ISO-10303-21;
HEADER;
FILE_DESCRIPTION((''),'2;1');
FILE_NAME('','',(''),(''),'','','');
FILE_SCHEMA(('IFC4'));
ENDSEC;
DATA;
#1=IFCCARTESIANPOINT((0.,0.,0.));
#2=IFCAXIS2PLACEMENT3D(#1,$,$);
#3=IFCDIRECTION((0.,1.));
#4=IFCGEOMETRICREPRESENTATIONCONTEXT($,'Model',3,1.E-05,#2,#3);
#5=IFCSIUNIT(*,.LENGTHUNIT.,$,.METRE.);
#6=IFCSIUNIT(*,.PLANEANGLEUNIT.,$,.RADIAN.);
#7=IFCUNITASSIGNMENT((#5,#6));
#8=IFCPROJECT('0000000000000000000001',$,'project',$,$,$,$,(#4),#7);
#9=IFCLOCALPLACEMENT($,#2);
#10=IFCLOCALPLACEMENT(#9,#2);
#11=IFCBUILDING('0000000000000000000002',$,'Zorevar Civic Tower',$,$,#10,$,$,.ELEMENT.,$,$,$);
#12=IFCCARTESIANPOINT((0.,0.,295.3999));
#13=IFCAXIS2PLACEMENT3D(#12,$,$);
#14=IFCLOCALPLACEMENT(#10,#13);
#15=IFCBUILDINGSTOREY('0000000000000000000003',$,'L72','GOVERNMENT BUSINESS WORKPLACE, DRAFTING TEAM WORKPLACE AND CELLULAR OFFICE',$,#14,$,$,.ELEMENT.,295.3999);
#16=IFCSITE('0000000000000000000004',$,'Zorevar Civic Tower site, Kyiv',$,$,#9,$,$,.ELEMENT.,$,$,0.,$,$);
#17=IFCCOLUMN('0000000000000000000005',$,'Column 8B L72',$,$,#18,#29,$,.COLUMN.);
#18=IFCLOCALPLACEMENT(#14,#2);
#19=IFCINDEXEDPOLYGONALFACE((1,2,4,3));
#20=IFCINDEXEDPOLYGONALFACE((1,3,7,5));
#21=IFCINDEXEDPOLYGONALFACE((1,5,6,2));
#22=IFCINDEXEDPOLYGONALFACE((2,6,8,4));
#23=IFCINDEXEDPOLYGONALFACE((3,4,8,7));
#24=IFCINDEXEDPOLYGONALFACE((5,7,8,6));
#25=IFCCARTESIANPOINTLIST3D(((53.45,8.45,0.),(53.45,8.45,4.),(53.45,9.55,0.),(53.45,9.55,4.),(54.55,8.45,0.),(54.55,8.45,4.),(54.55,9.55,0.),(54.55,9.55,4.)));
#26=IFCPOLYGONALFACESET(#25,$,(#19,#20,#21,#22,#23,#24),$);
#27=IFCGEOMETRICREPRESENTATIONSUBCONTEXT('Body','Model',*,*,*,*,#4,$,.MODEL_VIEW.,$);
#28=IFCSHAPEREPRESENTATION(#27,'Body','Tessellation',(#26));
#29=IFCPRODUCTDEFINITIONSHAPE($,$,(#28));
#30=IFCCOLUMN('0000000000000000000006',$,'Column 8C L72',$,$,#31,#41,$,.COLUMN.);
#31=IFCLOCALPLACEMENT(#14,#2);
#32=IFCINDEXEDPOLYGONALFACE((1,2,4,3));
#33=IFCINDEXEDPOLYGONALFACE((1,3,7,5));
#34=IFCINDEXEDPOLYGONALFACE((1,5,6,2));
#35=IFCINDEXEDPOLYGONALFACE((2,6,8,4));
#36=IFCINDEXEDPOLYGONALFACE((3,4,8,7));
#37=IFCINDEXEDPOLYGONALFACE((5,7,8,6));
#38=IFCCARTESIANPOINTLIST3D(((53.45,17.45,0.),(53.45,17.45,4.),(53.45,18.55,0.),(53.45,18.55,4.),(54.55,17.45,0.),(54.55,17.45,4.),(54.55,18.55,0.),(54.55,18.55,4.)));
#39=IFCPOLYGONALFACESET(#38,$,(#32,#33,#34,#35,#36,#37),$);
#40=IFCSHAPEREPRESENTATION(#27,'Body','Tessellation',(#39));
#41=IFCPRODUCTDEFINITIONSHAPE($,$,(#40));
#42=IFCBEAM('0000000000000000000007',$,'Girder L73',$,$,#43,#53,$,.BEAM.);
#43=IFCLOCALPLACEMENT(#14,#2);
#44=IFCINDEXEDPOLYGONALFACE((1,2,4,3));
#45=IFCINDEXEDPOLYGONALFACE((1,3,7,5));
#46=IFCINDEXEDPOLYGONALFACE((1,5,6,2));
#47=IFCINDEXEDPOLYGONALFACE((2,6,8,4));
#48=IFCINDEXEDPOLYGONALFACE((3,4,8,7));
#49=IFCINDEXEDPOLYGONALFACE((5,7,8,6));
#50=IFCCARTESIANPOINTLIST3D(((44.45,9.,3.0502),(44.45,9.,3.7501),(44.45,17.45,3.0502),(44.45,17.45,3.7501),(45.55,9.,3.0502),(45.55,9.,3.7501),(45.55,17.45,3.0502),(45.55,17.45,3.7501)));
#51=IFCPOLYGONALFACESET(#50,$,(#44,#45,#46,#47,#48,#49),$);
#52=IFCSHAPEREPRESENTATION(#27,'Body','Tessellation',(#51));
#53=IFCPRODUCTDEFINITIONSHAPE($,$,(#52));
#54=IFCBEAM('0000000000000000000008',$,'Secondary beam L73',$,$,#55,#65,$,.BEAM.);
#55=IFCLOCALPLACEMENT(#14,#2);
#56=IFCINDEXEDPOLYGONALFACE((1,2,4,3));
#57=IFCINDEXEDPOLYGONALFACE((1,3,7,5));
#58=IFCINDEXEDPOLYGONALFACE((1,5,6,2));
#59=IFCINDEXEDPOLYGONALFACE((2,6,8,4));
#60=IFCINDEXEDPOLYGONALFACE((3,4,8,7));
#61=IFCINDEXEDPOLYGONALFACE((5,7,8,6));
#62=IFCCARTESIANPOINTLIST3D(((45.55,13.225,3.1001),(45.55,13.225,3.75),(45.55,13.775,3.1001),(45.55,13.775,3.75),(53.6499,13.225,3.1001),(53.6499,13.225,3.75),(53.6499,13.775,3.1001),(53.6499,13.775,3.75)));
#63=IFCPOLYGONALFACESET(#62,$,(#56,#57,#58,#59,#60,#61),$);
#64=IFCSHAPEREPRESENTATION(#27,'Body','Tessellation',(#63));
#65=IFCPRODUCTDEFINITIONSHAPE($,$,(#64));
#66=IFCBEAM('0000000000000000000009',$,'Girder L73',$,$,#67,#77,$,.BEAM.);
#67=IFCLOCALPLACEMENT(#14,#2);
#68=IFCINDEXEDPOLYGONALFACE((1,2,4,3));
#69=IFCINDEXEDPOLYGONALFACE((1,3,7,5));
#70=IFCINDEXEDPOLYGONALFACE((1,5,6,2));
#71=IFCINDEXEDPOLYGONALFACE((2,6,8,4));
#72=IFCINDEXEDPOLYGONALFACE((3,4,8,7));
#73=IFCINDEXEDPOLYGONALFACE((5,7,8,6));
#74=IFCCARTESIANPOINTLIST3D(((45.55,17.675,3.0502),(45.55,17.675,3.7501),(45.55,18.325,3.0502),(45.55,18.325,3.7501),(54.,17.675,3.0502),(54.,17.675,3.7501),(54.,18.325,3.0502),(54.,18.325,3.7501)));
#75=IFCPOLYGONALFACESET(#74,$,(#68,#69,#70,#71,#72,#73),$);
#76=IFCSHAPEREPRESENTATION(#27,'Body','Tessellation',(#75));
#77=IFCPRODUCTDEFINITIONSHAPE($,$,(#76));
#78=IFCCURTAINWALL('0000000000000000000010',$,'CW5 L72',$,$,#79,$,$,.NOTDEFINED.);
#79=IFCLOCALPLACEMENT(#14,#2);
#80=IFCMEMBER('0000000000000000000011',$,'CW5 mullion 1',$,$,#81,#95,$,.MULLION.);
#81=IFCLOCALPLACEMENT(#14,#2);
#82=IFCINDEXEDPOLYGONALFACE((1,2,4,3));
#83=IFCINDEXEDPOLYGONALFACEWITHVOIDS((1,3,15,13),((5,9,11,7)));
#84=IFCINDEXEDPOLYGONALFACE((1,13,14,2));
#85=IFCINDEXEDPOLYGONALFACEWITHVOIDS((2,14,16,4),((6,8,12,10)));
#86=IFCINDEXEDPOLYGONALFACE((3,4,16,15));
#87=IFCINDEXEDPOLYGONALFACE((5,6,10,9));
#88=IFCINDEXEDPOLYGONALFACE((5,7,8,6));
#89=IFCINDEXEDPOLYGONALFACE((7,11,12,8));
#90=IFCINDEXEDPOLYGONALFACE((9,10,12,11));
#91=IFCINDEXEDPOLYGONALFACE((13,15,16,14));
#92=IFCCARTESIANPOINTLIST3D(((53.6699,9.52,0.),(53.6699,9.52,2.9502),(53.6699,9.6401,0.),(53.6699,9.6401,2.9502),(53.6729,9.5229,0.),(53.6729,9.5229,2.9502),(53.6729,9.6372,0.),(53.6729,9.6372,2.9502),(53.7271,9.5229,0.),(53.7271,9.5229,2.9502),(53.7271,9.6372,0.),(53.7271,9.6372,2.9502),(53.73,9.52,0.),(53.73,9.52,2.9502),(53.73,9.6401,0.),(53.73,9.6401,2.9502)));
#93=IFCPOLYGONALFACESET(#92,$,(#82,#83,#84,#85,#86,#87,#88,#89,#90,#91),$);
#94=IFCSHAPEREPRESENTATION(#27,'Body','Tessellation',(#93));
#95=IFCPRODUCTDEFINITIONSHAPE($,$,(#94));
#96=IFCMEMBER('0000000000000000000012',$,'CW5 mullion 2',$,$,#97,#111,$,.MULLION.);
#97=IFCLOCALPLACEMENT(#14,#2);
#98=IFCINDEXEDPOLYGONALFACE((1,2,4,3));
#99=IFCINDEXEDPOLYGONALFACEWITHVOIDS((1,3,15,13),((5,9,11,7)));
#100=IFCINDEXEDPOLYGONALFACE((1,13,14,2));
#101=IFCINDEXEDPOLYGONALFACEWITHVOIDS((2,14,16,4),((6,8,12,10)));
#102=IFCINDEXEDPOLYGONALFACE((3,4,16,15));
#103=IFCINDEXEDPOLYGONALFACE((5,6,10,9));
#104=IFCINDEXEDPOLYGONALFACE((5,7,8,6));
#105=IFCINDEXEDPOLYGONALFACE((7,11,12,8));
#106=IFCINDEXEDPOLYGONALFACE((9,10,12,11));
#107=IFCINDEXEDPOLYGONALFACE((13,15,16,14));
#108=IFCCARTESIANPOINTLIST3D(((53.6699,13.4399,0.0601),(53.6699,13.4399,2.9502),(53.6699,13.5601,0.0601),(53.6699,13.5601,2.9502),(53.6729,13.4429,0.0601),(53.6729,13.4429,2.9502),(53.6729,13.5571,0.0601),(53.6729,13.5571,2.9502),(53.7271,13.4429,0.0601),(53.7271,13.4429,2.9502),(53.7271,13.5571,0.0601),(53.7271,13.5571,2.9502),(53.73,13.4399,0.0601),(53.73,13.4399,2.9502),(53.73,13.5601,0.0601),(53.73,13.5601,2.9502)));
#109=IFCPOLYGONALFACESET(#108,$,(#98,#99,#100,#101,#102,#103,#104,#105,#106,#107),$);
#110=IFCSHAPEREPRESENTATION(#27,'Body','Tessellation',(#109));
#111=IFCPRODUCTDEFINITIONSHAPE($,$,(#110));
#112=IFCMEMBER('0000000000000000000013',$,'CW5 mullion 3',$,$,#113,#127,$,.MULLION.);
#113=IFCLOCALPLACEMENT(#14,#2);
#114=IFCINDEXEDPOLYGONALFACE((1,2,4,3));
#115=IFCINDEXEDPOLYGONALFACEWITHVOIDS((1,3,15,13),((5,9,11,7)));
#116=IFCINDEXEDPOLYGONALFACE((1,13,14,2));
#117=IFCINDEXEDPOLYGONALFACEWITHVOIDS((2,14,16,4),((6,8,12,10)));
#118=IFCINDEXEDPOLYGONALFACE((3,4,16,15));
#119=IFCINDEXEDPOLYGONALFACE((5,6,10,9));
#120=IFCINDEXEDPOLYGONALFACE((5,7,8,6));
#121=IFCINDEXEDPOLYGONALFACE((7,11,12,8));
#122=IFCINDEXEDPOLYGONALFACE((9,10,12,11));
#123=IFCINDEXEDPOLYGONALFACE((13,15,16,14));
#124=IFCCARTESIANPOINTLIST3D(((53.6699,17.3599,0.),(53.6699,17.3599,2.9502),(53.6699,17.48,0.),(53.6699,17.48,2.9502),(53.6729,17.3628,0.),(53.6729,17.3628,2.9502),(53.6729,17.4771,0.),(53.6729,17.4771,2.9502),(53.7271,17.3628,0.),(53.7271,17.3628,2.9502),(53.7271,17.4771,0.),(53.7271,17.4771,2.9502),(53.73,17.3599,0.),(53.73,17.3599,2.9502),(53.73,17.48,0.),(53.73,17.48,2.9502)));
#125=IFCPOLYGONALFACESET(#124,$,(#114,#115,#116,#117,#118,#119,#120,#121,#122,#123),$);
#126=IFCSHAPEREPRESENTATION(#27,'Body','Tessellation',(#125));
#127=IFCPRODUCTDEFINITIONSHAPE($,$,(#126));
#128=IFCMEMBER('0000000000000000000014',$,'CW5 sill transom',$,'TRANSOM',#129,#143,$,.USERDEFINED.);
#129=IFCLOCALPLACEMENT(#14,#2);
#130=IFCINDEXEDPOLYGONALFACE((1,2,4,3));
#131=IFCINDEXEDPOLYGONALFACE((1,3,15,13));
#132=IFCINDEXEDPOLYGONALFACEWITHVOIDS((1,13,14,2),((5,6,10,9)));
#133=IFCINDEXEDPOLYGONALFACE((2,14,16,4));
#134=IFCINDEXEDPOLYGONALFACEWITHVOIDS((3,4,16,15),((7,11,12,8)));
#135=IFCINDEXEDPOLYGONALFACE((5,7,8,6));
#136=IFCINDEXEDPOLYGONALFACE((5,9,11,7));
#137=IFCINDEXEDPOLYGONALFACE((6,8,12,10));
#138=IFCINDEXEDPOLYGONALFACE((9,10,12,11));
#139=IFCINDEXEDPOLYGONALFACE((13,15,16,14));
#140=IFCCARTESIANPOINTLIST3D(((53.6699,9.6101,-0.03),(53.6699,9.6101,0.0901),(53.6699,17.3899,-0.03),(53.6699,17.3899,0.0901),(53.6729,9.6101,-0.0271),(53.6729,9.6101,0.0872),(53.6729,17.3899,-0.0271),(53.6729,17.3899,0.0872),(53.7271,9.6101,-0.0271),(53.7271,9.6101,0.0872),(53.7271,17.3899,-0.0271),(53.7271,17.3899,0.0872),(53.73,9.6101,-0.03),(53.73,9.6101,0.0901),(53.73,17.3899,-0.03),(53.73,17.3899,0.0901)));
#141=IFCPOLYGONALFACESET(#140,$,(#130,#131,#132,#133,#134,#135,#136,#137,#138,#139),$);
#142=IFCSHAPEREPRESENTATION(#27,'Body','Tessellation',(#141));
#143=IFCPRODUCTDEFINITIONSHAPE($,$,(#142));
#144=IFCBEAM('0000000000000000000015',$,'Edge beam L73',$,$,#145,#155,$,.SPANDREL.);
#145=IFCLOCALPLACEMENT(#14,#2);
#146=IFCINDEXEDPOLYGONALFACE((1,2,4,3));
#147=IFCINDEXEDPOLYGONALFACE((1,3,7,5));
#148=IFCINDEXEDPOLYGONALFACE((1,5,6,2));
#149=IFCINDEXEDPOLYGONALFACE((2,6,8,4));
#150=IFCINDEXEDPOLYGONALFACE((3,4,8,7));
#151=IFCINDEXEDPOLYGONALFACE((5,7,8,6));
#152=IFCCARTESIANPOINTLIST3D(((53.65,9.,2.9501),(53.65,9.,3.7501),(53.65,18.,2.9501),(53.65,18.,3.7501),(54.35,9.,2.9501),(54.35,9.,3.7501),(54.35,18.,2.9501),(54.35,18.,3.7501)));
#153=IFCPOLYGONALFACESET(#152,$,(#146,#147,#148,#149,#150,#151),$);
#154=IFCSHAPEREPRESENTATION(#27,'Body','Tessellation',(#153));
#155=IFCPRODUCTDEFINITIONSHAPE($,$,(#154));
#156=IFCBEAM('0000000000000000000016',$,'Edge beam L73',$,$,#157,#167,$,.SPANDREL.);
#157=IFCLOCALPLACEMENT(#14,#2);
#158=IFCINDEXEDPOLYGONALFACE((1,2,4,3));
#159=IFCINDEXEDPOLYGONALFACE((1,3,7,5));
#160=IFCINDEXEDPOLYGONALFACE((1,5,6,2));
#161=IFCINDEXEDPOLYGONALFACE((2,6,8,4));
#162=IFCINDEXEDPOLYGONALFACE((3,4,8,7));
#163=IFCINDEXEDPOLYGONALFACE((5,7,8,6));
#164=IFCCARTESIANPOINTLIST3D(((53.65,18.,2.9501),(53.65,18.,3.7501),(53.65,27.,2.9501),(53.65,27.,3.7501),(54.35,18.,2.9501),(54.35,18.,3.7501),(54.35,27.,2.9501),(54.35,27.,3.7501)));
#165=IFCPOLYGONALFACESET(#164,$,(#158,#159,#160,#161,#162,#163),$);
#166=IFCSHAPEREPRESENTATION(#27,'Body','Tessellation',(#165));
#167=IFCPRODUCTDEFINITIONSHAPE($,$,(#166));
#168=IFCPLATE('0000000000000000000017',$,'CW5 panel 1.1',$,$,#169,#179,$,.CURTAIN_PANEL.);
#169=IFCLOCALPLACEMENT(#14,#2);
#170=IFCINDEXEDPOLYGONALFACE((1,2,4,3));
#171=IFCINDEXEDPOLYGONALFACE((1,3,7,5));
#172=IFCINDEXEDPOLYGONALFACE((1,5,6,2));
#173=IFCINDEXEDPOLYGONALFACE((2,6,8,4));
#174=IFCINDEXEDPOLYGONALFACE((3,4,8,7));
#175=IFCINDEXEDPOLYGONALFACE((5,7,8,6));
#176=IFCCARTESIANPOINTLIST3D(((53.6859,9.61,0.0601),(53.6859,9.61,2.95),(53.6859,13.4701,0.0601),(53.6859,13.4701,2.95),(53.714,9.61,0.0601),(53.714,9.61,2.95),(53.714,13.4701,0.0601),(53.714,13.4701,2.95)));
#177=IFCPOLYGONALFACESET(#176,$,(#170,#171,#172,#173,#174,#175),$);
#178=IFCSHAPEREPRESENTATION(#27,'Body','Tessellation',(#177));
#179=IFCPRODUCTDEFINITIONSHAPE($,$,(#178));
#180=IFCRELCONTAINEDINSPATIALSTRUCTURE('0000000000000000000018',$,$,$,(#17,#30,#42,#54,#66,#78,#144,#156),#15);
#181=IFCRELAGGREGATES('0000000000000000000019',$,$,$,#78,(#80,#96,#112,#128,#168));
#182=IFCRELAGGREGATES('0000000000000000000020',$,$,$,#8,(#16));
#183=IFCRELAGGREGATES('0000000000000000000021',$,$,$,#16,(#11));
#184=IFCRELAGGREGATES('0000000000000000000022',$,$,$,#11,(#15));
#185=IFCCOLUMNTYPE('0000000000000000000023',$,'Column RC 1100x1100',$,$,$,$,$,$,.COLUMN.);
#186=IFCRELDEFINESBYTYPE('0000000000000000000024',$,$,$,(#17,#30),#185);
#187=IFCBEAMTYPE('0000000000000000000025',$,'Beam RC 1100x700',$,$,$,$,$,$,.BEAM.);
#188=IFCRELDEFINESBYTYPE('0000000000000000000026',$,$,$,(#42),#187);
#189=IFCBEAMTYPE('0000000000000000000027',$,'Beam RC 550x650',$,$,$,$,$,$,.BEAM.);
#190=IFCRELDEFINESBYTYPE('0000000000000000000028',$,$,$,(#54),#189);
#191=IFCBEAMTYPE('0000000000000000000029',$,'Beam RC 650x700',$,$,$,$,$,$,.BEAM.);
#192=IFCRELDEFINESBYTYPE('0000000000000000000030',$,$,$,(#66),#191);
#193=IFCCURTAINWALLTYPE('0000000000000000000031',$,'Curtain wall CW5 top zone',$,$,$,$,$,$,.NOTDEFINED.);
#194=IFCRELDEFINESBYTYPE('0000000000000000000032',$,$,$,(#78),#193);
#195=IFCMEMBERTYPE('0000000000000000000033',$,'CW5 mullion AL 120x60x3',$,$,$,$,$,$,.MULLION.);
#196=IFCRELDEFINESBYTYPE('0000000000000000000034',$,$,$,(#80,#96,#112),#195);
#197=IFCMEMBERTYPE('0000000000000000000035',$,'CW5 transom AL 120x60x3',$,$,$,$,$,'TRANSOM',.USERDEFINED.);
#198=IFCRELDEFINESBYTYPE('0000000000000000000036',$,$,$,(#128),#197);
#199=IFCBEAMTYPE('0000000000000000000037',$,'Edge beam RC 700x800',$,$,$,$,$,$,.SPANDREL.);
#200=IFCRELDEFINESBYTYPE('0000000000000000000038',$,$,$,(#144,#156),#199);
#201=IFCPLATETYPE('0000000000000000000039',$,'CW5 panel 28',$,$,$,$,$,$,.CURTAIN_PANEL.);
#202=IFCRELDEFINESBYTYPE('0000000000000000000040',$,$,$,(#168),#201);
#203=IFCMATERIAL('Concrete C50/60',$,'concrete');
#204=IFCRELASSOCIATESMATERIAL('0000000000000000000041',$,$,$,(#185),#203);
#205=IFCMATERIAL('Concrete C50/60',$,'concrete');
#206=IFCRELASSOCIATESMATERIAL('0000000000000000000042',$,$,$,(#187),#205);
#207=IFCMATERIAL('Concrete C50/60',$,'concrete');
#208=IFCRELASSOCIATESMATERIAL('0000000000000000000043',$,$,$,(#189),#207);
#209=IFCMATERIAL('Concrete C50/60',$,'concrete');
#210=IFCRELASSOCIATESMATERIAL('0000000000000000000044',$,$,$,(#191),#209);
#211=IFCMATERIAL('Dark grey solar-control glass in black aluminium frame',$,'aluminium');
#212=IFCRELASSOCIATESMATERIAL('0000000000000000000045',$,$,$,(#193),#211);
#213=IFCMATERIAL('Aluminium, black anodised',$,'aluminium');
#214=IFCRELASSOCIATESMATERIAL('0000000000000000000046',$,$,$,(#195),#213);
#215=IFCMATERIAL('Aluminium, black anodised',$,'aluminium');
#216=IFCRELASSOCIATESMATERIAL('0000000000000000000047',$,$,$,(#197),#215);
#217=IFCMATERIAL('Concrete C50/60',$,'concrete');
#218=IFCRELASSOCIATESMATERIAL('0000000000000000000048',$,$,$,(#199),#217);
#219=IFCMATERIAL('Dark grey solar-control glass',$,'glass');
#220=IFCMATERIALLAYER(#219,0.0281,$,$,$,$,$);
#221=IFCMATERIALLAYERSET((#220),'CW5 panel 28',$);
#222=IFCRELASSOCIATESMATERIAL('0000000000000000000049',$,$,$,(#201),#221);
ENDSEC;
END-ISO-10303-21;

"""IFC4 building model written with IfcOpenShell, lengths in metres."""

from ifc_helpers import new_model, si_unit, direction, frame, origin, origin_2d, place, context, subcontext, project, spatial, rectangle, hollow_rectangle, extrude, material, layer, layer_set, material_profile, profile_set, type_object, element, aggregate, save


model = new_model("IFC4")

# Units and contexts
model_context = context("Model", 3, precision=1e-05, world=origin(), true_north=direction((0.0, 1.0)))
body_context = subcontext(model_context, "Body", "Model", "MODEL_VIEW")
ifc_project = project(units=[si_unit("LENGTHUNIT", "METRE"), si_unit("PLANEANGLEUNIT", "RADIAN")], contexts=[model_context])

# Site, building, storey
site_placement = place(None, origin())
site = spatial("IfcSite", under=ifc_project, at=site_placement, Name="Zorevar Civic Tower site, Kyiv", CompositionType="ELEMENT", RefElevation=0.0)
building_placement = place(site_placement, origin())
building = spatial("IfcBuilding", under=site, at=building_placement, Name="Zorevar Civic Tower", CompositionType="ELEMENT")
storey_placement = place(building_placement, frame((0.0, 0.0, 295.3999)))
storey = spatial("IfcBuildingStorey", under=building, at=storey_placement, Name="L72", Description="GOVERNMENT BUSINESS WORKPLACE, DRAFTING TEAM WORKPLACE AND CELLULAR OFFICE", CompositionType="ELEMENT", Elevation=295.3999)

# Columns
ifc_material_1 = material(Name="Concrete C50/60", Category="concrete")
ifc_material_profile_1 = material_profile(ifc_material_1, rectangle(XDim=1.1001, YDim=1.1001, at=origin_2d()), Name="RC 1100x1100")
ifc_profile_set_1 = profile_set([ifc_material_profile_1], Name="Concrete C50/60")
column_type = type_object("IfcColumnType", Name="Column RC 1100x1100", PredefinedType="COLUMN", material=ifc_profile_set_1)
for number, where, z_axis, x_axis, name in (
    (1, (54.0, 9.0, 0.0), (0.0, 0.0, 1.0), (1.0, 0.0, 0.0), "Column 8B L72"),
    (2, (54.0, 18.0, 0.0), (0.0, 0.0, 1.0), (1.0, 0.0, 0.0), "Column 8C L72"),
):
    element("IfcColumn", number, at=place(storey_placement, frame(where, z_axis=z_axis, x_axis=x_axis)), inside=storey, type_object=column_type, Name=name, PredefinedType="COLUMN", context=body_context, shape_type="SweptSolid", body=[
        extrude(rectangle(XDim=1.1001, YDim=1.1001, at=origin_2d()), origin(), (0.0, 0.0, 1.0), 4.0),
    ])

# Beams
ifc_material_2 = material(Name="Concrete C50/60", Category="concrete")
ifc_material_profile_2 = material_profile(ifc_material_2, rectangle(XDim=1.1001, YDim=0.7, at=origin_2d()), Name="RC 1100x700")
ifc_profile_set_2 = profile_set([ifc_material_profile_2], Name="Concrete C50/60")
beam_type_1 = type_object("IfcBeamType", Name="Beam RC 1100x700", PredefinedType="BEAM", material=ifc_profile_set_2)
beam_1_placement = place(storey_placement, frame((45.0, 9.0, 3.4001), z_axis=(0.0, 1.0, 0.0), x_axis=(-1.0, 0.0, 0.0)))
element("IfcBeam", 3, at=beam_1_placement, inside=storey, type_object=beam_type_1, Name="Girder L73", PredefinedType="BEAM", context=body_context, shape_type="SweptSolid", body=[
    extrude(rectangle(XDim=1.1001, YDim=0.7, at=origin_2d()), origin(), (0.0, 0.0, 1.0), 8.45),
])
ifc_material_3 = material(Name="Concrete C50/60", Category="concrete")
ifc_material_profile_3 = material_profile(ifc_material_3, rectangle(XDim=0.55, YDim=0.6499, at=origin_2d()), Name="RC 550x650")
ifc_profile_set_3 = profile_set([ifc_material_profile_3], Name="Concrete C50/60")
beam_type_2 = type_object("IfcBeamType", Name="Beam RC 550x650", PredefinedType="BEAM", material=ifc_profile_set_3)
beam_2_placement = place(storey_placement, frame((45.55, 13.5, 3.425), z_axis=(1.0, 0.0, 0.0), x_axis=(0.0, 1.0, 0.0)))
element("IfcBeam", 4, at=beam_2_placement, inside=storey, type_object=beam_type_2, Name="Secondary beam L73", PredefinedType="BEAM", context=body_context, shape_type="SweptSolid", body=[
    extrude(rectangle(XDim=0.55, YDim=0.6499, at=origin_2d()), origin(), (0.0, 0.0, 1.0), 8.0999),
])
ifc_material_4 = material(Name="Concrete C50/60", Category="concrete")
ifc_material_profile_4 = material_profile(ifc_material_4, rectangle(XDim=0.6499, YDim=0.7, at=origin_2d()), Name="RC 650x700")
ifc_profile_set_4 = profile_set([ifc_material_profile_4], Name="Concrete C50/60")
beam_type_3 = type_object("IfcBeamType", Name="Beam RC 650x700", PredefinedType="BEAM", material=ifc_profile_set_4)
beam_3_placement = place(storey_placement, frame((45.55, 18.0, 3.4001), z_axis=(1.0, 0.0, 0.0), x_axis=(0.0, 1.0, 0.0)))
element("IfcBeam", 5, at=beam_3_placement, inside=storey, type_object=beam_type_3, Name="Girder L73", PredefinedType="BEAM", context=body_context, shape_type="SweptSolid", body=[
    extrude(rectangle(XDim=0.6499, YDim=0.7, at=origin_2d()), origin(), (0.0, 0.0, 1.0), 8.45),
])

# Curtain wall, members
ifc_material_5 = material(Name="Dark grey solar-control glass in black aluminium frame", Category="aluminium")
curtain_wall_type = type_object("IfcCurtainWallType", Name="Curtain wall CW5 top zone", PredefinedType="NOTDEFINED", material=ifc_material_5)
curtain_wall_placement = place(storey_placement, origin())
curtain_wall = element("IfcCurtainWall", 6, at=curtain_wall_placement, inside=storey, type_object=curtain_wall_type, Name="CW5 L72", PredefinedType="NOTDEFINED")
ifc_material_6 = material(Name="Aluminium, black anodised", Category="aluminium")
ifc_material_profile_5 = material_profile(ifc_material_6, hollow_rectangle(XDim=0.0601, YDim=0.1201, WallThickness=0.0029, at=origin_2d()), Name="AL 120x60x3")
ifc_profile_set_5 = profile_set([ifc_material_profile_5], Name="Aluminium, black anodised")
member_type_1 = type_object("IfcMemberType", Name="CW5 mullion AL 120x60x3", PredefinedType="MULLION", material=ifc_profile_set_5)
member_1_placement = place(storey_placement, frame((53.7, 9.5801, 0.0), z_axis=(0.0, 0.0, 1.0), x_axis=(-1.0, 0.0, 0.0)))
member_1 = element("IfcMember", 7, at=member_1_placement, type_object=member_type_1, Name="CW5 mullion 1", PredefinedType="MULLION", context=body_context, shape_type="SweptSolid", body=[
    extrude(hollow_rectangle(XDim=0.0601, YDim=0.1201, WallThickness=0.0029, at=origin_2d()), origin(), (0.0, 0.0, 1.0), 2.9502),
])
member_2_placement = place(storey_placement, frame((53.7, 13.5, 0.0601), z_axis=(0.0, 0.0, 1.0), x_axis=(-1.0, 0.0, 0.0)))
member_2 = element("IfcMember", 8, at=member_2_placement, type_object=member_type_1, Name="CW5 mullion 2", PredefinedType="MULLION", context=body_context, shape_type="SweptSolid", body=[
    extrude(hollow_rectangle(XDim=0.0601, YDim=0.1201, WallThickness=0.0029, at=origin_2d()), origin(), (0.0, 0.0, 1.0), 2.8901),
])
member_3_placement = place(storey_placement, frame((53.7, 17.4199, 0.0), z_axis=(0.0, 0.0, 1.0), x_axis=(-1.0, 0.0, 0.0)))
member_3 = element("IfcMember", 9, at=member_3_placement, type_object=member_type_1, Name="CW5 mullion 3", PredefinedType="MULLION", context=body_context, shape_type="SweptSolid", body=[
    extrude(hollow_rectangle(XDim=0.0601, YDim=0.1201, WallThickness=0.0029, at=origin_2d()), origin(), (0.0, 0.0, 1.0), 2.9502),
])
ifc_material_7 = material(Name="Aluminium, black anodised", Category="aluminium")
ifc_material_profile_6 = material_profile(ifc_material_7, hollow_rectangle(XDim=0.0601, YDim=0.1201, WallThickness=0.0029, at=origin_2d()), Name="AL 120x60x3")
ifc_profile_set_6 = profile_set([ifc_material_profile_6], Name="Aluminium, black anodised")
member_type_2 = type_object("IfcMemberType", Name="CW5 transom AL 120x60x3", ElementType="TRANSOM", PredefinedType="USERDEFINED", material=ifc_profile_set_6)
member_4_placement = place(storey_placement, frame((53.7, 9.6101, 0.03), z_axis=(0.0, 1.0, 0.0), x_axis=(-1.0, 0.0, 0.0)))
member_4 = element("IfcMember", 10, at=member_4_placement, type_object=member_type_2, Name="CW5 sill transom", ObjectType="TRANSOM", PredefinedType="USERDEFINED", context=body_context, shape_type="SweptSolid", body=[
    extrude(hollow_rectangle(XDim=0.0601, YDim=0.1201, WallThickness=0.0029, at=origin_2d()), origin(), (0.0, 0.0, 1.0), 7.7798),
])

# Beams
ifc_material_8 = material(Name="Concrete C50/60", Category="concrete")
ifc_material_profile_7 = material_profile(ifc_material_8, rectangle(XDim=0.7, YDim=0.8, at=origin_2d()), Name="RC 700x800")
ifc_profile_set_7 = profile_set([ifc_material_profile_7], Name="Concrete C50/60")
beam_type_4 = type_object("IfcBeamType", Name="Edge beam RC 700x800", PredefinedType="SPANDREL", material=ifc_profile_set_7)
for number, where, z_axis, x_axis, name in (
    (11, (54.0, 9.0, 3.3501), (0.0, 1.0, 0.0), (-1.0, 0.0, 0.0), "Edge beam L73"),
    (12, (54.0, 18.0, 3.3501), (0.0, 1.0, 0.0), (-1.0, 0.0, 0.0), "Edge beam L73"),
):
    element("IfcBeam", number, at=place(storey_placement, frame(where, z_axis=z_axis, x_axis=x_axis)), inside=storey, type_object=beam_type_4, Name=name, PredefinedType="SPANDREL", context=body_context, shape_type="SweptSolid", body=[
        extrude(rectangle(XDim=0.7, YDim=0.8, at=origin_2d()), origin(), (0.0, 0.0, 1.0), 9.0),
    ])

# Plate
ifc_material_9 = material(Name="Dark grey solar-control glass", Category="glass")
ifc_layer_1 = layer(ifc_material_9, 0.0281)
ifc_layer_set_1 = layer_set([ifc_layer_1], Name="CW5 panel 28")
plate_type = type_object("IfcPlateType", Name="CW5 panel 28", PredefinedType="CURTAIN_PANEL", material=ifc_layer_set_1)
plate_1_placement = place(storey_placement, frame((53.7, 11.54, 0.0601), z_axis=(0.0, 0.0, 1.0), x_axis=(0.0, 1.0, 0.0)))
plate_1 = element("IfcPlate", 13, at=plate_1_placement, type_object=plate_type, Name="CW5 panel 1.1", PredefinedType="CURTAIN_PANEL", context=body_context, shape_type="SweptSolid", body=[
    extrude(rectangle(XDim=3.8601, YDim=0.0281, at=origin_2d()), origin(), (0.0, 0.0, 1.0), 2.8899),
])
aggregate(curtain_wall, [member_1, member_2, member_3, member_4, plate_1])

save(model, "model.ifc")
